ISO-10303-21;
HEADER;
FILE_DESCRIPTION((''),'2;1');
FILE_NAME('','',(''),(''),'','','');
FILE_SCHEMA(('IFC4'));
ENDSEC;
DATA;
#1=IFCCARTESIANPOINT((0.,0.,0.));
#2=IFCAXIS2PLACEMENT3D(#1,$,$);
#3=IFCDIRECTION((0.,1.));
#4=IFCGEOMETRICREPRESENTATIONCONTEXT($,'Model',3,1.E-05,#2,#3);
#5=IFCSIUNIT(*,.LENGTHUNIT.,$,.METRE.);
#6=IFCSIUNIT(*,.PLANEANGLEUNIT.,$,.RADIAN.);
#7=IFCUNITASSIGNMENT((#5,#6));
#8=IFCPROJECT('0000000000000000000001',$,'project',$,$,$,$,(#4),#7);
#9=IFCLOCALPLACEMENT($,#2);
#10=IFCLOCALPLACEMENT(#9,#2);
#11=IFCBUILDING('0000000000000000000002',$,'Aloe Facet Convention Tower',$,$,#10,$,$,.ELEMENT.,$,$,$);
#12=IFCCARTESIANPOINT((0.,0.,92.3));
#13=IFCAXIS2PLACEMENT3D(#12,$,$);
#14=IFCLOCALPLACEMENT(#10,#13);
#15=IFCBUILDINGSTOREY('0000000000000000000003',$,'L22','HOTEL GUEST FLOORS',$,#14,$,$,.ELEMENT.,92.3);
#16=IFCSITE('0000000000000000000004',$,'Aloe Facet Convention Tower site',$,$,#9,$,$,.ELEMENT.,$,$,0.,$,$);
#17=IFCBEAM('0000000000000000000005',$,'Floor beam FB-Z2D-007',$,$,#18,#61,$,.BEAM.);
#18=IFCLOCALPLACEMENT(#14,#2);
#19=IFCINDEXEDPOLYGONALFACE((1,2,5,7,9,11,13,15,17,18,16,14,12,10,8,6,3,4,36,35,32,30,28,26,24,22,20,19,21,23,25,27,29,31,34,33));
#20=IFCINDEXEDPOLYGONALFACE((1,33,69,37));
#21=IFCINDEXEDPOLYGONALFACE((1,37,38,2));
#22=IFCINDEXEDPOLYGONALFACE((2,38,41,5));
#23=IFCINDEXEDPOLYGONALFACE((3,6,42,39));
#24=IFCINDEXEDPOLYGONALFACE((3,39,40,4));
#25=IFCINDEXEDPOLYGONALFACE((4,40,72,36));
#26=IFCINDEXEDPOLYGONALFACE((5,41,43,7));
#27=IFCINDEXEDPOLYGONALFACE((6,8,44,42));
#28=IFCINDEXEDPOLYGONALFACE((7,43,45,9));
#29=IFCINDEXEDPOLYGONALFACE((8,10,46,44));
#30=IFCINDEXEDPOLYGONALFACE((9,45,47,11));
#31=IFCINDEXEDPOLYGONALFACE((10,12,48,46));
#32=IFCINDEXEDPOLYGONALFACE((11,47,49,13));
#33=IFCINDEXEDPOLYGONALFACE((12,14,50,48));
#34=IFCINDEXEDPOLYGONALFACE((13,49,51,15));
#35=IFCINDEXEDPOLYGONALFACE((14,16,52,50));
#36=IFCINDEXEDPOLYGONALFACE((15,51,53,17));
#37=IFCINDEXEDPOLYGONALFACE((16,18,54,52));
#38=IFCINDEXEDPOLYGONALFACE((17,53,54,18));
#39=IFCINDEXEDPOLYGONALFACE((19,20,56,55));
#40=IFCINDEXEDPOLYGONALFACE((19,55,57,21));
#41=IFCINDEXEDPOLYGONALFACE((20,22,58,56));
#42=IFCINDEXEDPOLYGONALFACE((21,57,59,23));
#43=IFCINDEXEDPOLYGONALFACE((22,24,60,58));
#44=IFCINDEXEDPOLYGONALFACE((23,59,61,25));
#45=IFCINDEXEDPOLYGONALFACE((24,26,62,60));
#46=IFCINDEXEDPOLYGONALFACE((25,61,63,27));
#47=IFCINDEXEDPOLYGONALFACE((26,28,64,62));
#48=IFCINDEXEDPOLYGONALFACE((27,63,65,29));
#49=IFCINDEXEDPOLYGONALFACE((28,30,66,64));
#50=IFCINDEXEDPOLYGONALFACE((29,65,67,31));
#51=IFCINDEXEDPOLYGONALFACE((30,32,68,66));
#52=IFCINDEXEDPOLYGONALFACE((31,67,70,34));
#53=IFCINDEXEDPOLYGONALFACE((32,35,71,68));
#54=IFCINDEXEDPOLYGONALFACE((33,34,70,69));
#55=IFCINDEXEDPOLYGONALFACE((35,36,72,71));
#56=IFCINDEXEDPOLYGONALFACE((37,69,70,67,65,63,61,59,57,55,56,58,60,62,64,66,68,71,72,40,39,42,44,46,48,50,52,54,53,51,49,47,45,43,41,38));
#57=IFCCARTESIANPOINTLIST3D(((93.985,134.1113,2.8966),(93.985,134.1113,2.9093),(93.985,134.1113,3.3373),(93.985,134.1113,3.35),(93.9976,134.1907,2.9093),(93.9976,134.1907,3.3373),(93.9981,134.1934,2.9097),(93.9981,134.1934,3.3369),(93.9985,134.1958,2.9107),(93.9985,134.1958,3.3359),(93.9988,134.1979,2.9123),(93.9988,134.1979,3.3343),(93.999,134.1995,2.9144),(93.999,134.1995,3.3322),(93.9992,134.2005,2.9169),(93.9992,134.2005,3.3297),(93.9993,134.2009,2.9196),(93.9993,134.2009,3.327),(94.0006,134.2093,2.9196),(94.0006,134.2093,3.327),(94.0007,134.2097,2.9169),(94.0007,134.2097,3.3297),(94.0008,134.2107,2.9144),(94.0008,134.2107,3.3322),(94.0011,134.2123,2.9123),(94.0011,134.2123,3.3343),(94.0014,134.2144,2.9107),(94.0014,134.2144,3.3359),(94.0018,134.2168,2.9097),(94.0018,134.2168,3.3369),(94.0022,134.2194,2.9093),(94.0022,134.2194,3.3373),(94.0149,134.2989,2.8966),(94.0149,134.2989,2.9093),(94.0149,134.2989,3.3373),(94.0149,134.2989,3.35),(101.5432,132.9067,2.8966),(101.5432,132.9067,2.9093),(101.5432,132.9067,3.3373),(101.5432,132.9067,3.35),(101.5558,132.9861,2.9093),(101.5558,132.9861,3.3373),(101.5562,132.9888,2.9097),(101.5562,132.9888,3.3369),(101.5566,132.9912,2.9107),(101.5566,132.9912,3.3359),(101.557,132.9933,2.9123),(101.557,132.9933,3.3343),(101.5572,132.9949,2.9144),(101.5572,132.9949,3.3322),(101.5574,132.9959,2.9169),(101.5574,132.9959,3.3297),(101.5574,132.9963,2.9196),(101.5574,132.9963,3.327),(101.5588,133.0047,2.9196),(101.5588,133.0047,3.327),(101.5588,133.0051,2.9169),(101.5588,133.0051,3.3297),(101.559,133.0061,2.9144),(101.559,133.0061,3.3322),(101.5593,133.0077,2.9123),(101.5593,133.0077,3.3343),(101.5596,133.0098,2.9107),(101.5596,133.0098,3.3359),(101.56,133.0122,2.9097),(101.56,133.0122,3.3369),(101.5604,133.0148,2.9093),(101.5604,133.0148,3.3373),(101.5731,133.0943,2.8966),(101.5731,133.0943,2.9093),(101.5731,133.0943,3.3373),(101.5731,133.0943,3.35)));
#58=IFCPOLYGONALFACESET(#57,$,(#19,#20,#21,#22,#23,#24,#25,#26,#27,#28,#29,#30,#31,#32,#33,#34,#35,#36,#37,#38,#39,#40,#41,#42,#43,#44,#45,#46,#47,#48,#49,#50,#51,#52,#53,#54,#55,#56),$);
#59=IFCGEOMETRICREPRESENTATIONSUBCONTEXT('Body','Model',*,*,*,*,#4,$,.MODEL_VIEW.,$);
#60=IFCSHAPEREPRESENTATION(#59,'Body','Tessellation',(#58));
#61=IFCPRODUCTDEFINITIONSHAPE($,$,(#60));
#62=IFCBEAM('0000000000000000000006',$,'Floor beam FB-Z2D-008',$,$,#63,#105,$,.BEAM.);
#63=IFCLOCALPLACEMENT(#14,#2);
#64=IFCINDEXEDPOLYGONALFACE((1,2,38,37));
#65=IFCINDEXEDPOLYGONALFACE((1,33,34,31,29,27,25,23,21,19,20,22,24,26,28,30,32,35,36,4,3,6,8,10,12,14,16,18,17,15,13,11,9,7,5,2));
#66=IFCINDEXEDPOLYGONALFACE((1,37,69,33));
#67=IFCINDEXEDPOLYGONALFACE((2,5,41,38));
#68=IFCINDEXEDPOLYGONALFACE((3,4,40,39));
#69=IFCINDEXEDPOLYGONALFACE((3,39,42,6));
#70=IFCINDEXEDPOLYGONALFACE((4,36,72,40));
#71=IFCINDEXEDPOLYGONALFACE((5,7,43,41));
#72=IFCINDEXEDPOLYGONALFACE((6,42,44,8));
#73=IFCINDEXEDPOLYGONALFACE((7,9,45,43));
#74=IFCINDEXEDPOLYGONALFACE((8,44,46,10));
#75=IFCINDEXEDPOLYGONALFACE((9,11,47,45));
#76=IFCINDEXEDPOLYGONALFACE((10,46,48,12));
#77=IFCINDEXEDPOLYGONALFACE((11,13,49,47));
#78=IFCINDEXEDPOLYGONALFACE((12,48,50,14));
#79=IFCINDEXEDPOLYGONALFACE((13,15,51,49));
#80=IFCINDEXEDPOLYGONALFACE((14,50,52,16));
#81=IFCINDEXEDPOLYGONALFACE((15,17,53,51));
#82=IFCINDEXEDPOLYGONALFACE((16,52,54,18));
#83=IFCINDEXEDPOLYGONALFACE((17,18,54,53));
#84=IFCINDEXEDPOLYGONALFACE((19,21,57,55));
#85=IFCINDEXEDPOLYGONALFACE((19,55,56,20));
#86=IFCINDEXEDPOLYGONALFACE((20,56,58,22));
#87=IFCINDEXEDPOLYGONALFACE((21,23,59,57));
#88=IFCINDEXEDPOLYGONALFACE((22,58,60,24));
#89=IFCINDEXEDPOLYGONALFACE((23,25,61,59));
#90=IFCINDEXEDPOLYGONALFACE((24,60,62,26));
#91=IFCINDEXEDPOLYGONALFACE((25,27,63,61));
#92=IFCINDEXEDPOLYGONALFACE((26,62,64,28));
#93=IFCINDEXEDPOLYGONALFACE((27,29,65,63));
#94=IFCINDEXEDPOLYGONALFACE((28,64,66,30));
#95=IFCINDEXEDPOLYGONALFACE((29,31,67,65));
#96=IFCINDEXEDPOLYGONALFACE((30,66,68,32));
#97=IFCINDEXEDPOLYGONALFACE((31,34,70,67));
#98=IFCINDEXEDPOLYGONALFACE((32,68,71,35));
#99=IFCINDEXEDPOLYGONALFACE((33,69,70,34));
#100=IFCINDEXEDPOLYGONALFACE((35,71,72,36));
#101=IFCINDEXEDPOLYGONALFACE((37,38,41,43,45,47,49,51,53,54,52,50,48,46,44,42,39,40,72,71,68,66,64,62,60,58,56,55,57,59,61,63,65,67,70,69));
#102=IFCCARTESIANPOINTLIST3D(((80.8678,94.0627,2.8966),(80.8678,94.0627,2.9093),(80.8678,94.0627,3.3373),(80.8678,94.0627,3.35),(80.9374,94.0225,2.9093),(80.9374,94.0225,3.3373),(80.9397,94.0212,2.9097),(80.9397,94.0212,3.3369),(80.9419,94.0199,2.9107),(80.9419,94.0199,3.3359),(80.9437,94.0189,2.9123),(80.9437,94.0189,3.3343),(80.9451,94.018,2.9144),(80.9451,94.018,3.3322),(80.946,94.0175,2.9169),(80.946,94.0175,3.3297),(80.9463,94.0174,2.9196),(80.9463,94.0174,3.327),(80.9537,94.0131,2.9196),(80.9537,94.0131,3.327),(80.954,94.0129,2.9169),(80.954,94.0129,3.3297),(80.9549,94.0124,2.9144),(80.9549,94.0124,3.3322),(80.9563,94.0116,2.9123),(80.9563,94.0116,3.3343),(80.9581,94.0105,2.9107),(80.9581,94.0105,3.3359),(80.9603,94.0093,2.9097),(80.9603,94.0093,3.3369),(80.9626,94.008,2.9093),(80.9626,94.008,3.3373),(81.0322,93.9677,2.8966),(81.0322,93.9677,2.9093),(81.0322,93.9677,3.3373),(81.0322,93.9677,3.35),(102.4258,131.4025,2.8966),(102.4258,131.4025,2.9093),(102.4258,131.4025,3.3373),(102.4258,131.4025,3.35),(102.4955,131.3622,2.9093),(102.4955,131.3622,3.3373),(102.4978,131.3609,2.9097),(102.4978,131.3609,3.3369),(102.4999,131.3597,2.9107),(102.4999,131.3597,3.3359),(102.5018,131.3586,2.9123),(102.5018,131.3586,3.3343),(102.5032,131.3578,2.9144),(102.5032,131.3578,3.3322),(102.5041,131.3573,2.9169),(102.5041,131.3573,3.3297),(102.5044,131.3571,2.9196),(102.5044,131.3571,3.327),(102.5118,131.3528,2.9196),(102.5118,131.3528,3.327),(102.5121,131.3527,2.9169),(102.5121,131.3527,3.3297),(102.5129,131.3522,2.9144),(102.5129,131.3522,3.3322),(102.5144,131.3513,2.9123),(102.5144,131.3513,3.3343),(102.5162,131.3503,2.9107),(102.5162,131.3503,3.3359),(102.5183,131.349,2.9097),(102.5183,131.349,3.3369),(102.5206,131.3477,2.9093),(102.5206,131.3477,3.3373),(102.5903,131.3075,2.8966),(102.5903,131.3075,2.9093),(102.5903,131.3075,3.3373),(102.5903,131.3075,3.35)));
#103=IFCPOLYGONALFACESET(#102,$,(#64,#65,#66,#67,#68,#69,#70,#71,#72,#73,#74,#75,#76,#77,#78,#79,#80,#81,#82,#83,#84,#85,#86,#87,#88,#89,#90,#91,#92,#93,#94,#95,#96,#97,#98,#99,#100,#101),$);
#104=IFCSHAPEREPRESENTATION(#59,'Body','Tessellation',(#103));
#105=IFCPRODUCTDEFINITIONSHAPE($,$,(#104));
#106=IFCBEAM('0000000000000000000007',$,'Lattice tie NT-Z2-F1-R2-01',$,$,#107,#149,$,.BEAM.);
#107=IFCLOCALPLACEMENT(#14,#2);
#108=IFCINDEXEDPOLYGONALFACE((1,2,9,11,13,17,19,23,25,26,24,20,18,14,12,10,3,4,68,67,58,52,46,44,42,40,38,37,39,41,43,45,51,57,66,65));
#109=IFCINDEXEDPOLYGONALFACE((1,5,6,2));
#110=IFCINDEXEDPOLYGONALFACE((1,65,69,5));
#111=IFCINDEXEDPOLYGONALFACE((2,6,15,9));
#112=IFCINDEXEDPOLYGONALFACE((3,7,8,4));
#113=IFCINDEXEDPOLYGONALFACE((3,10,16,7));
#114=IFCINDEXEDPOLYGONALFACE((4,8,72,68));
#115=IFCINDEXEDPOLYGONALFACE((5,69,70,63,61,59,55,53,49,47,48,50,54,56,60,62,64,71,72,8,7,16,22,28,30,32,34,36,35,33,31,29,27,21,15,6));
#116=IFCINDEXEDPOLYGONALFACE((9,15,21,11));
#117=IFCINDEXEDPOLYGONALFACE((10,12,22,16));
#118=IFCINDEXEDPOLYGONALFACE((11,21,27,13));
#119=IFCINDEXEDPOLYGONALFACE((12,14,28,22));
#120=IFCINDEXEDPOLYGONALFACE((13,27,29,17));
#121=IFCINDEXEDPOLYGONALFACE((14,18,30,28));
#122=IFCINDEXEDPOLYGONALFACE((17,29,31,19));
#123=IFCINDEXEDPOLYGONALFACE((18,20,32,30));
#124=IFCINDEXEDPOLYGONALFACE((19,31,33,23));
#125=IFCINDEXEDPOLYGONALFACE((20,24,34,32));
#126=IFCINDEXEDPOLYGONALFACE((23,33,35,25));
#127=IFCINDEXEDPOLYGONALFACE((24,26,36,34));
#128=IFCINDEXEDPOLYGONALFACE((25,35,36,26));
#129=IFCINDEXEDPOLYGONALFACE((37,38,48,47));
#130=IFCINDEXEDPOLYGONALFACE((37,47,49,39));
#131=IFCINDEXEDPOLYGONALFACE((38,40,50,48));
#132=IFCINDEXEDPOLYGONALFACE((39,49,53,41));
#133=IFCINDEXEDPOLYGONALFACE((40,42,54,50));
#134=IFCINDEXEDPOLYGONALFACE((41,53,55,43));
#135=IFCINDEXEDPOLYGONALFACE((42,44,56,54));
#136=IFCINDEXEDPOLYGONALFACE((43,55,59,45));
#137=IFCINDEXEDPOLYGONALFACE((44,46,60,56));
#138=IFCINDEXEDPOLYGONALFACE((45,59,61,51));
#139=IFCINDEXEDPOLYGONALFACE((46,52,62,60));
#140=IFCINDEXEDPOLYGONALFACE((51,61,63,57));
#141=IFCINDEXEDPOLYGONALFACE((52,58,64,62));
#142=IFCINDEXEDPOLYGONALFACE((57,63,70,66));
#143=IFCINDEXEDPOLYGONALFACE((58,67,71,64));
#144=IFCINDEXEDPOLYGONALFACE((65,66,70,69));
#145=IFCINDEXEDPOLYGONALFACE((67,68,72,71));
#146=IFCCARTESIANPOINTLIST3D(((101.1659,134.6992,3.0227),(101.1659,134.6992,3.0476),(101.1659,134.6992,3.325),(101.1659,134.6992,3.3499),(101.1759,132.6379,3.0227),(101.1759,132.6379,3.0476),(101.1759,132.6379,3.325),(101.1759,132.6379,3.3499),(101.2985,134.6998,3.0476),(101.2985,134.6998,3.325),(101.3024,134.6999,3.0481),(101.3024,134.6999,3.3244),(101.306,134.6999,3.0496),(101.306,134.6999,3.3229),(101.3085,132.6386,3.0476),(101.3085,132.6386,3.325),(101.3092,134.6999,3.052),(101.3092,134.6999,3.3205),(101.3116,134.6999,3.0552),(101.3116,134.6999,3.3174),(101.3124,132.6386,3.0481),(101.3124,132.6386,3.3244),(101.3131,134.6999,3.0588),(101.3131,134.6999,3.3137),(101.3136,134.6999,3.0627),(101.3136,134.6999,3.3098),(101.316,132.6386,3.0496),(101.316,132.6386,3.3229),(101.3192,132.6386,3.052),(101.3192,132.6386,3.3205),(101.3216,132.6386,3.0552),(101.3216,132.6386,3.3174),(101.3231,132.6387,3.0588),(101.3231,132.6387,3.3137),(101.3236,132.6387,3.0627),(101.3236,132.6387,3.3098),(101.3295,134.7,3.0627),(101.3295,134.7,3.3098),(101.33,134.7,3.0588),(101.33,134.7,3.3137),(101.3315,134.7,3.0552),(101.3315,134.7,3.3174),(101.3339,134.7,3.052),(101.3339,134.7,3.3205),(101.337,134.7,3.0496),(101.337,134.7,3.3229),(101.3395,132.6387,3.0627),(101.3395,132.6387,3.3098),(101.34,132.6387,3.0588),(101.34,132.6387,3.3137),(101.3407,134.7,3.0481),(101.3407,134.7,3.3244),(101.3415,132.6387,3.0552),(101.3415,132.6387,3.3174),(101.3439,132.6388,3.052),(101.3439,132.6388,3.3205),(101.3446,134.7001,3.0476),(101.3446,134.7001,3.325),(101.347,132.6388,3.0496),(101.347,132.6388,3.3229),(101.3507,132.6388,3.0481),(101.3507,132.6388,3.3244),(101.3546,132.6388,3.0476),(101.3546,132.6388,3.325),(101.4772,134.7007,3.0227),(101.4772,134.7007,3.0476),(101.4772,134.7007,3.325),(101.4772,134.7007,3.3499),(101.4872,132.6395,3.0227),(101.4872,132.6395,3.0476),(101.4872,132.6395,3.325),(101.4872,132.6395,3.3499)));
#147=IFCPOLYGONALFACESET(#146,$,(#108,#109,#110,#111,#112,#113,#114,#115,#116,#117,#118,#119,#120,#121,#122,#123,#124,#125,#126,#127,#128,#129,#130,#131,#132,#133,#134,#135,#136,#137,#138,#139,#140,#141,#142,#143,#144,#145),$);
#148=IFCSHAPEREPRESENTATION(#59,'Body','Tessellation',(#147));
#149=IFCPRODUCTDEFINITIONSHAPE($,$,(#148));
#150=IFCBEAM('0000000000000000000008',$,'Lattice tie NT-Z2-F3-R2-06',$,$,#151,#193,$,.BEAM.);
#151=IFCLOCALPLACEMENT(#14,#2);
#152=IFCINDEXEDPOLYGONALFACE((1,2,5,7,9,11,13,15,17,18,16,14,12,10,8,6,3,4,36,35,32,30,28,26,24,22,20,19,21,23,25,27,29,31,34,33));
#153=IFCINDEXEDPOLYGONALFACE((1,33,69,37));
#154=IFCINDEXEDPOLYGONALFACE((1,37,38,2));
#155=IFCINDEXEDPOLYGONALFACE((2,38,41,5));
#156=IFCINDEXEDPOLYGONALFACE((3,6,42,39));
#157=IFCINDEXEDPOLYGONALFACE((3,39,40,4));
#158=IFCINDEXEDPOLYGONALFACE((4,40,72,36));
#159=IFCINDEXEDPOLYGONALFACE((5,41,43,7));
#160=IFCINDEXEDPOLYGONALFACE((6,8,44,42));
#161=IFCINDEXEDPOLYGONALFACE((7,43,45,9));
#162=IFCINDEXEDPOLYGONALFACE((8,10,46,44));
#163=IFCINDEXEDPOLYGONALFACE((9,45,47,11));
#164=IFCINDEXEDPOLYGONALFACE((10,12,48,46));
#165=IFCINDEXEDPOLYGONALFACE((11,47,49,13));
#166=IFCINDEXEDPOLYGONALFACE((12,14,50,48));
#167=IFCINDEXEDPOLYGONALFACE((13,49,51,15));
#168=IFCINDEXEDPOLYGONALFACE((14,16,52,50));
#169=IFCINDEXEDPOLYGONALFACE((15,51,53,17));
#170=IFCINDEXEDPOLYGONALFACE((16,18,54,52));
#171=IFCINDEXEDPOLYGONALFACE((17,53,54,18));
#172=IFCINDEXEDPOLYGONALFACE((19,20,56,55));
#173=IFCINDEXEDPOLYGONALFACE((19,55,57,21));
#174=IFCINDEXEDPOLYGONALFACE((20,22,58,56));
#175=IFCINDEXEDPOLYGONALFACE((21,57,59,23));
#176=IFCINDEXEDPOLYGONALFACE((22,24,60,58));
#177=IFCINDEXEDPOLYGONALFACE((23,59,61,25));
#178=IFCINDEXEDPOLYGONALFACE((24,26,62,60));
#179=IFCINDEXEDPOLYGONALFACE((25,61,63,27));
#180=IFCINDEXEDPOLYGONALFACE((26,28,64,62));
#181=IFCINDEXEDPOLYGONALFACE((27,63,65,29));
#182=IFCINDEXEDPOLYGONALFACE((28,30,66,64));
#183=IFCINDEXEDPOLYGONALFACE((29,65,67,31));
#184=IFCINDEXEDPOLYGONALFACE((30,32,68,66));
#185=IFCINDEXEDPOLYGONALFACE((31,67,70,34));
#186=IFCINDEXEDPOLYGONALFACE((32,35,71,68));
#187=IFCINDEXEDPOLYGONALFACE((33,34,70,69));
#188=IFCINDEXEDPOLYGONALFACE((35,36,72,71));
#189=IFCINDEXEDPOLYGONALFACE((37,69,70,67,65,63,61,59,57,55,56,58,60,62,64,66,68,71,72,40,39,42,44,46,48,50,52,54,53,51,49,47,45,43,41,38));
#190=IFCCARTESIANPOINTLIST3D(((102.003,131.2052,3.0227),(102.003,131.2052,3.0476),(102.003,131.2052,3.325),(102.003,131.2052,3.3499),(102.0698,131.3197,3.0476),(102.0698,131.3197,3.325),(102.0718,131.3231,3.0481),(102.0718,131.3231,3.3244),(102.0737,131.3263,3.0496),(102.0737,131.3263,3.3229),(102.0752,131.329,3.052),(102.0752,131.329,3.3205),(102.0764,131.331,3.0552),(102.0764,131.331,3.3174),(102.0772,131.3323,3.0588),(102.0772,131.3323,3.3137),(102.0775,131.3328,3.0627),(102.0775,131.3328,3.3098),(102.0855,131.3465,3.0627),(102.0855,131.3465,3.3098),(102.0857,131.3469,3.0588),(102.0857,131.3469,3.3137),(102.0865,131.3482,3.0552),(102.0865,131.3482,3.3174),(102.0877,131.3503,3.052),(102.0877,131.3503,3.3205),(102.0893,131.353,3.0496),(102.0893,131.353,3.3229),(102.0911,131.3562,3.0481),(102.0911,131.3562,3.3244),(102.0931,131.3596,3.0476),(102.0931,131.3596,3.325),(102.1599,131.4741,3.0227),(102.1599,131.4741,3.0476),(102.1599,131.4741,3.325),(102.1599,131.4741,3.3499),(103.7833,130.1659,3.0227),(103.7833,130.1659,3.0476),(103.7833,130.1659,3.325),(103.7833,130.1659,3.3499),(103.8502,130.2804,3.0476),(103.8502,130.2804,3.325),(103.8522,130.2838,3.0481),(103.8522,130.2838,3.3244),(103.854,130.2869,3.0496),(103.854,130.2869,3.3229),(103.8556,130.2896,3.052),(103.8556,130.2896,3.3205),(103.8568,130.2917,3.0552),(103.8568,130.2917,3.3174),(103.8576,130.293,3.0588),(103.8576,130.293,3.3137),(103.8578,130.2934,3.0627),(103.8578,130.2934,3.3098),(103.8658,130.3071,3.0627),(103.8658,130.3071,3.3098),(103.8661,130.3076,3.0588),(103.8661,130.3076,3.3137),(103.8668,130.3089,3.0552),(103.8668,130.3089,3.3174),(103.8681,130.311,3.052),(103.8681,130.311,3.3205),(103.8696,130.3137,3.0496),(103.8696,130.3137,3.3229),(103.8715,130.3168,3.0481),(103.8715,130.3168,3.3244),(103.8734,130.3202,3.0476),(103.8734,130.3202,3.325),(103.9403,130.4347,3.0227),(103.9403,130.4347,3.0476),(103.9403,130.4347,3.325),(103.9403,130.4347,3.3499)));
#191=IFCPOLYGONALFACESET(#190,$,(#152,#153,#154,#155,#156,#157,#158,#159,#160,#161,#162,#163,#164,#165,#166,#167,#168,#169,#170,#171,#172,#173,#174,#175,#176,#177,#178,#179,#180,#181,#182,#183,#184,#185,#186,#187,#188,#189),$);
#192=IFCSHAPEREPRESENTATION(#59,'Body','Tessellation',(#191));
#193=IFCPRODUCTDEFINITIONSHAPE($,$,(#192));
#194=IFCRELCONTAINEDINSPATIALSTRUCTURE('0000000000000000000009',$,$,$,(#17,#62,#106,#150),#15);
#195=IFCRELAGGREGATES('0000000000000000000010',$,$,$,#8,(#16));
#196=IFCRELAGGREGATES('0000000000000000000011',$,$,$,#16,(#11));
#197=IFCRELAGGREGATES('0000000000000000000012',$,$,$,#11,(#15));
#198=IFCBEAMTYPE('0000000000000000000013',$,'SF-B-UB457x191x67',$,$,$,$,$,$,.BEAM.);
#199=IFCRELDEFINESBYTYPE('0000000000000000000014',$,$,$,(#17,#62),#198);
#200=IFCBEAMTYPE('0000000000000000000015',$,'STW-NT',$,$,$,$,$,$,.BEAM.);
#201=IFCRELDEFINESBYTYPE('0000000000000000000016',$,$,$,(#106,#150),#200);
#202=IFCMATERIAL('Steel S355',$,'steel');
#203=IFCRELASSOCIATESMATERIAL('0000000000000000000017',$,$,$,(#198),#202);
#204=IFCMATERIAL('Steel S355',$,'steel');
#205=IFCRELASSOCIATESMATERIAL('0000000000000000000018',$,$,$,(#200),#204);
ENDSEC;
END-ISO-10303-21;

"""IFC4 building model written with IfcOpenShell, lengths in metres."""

from ifc_helpers import new_model, si_unit, direction, frame, origin, origin_2d, place, context, subcontext, project, spatial, i_section, extrude, material, material_profile, profile_set, type_object, element, save


model = new_model("IFC4")

# Units and contexts
model_context = context("Model", 3, precision=1e-05, world=origin(), true_north=direction((0.0, 1.0)))
body_context = subcontext(model_context, "Body", "Model", "MODEL_VIEW")
ifc_project = project(units=[si_unit("LENGTHUNIT", "METRE"), si_unit("PLANEANGLEUNIT", "RADIAN")], contexts=[model_context])

# Site, building, storey
site_placement = place(None, origin())
site = spatial("IfcSite", under=ifc_project, at=site_placement, Name="Aloe Facet Convention Tower site", CompositionType="ELEMENT", RefElevation=0.0)
building_placement = place(site_placement, origin())
building = spatial("IfcBuilding", under=site, at=building_placement, Name="Aloe Facet Convention Tower", CompositionType="ELEMENT")
storey_placement = place(building_placement, frame((0.0, 0.0, 92.3)))
storey = spatial("IfcBuildingStorey", under=building, at=storey_placement, Name="L22", Description="HOTEL GUEST FLOORS", CompositionType="ELEMENT", Elevation=92.3)

# Beams
ifc_material_1 = material(Name="Steel S355", Category="steel")
ifc_material_profile_1 = material_profile(ifc_material_1, i_section(OverallWidth=0.1899, OverallDepth=0.4534, WebThickness=0.0085, FlangeThickness=0.0127, FilletRadius=0.0103, at=origin_2d()), Name="UB 457x191x67")
ifc_profile_set_1 = profile_set([ifc_material_profile_1], Name="Steel S355")
beam_type_1 = type_object("IfcBeamType", Name="SF-B-UB457x191x67", PredefinedType="BEAM", material=ifc_profile_set_1)
beam_1_placement = place(storey_placement, frame((101.5581, 133.0005, 3.1233), z_axis=(-0.987536, 0.157391, 0.0), x_axis=(-0.157391, -0.987536, 0.0)))
element("IfcBeam", 1, at=beam_1_placement, inside=storey, type_object=beam_type_1, Name="Floor beam FB-Z2D-007", PredefinedType="BEAM", context=body_context, shape_type="SweptSolid", body=[
    extrude(i_section(OverallWidth=0.1899, OverallDepth=0.4534, WebThickness=0.0085, FlangeThickness=0.0127, FilletRadius=0.0103, at=origin_2d()), origin(), (0.0, 0.0, 1.0), 7.6536),
])
beam_2_placement = place(storey_placement, frame((102.5081, 131.355, 3.1233), z_axis=(-0.499999, -0.866026, 0.0), x_axis=(0.866026, -0.499999, 0.0)))
element("IfcBeam", 2, at=beam_2_placement, inside=storey, type_object=beam_type_1, Name="Floor beam FB-Z2D-008", PredefinedType="BEAM", context=body_context, shape_type="SweptSolid", body=[
    extrude(i_section(OverallWidth=0.1899, OverallDepth=0.4534, WebThickness=0.0085, FlangeThickness=0.0127, FilletRadius=0.0103, at=origin_2d()), origin(), (0.0, 0.0, 1.0), 43.1162),
])
ifc_material_2 = material(Name="Steel S355", Category="steel")
ifc_material_profile_2 = material_profile(ifc_material_2, i_section(OverallWidth=0.3113, OverallDepth=0.3271, WebThickness=0.0159, FlangeThickness=0.0249, FilletRadius=0.0151, at=origin_2d()), Name="UC 305x305x158")
ifc_profile_set_2 = profile_set([ifc_material_profile_2], Name="Steel S355")
beam_type_2 = type_object("IfcBeamType", Name="STW-NT", PredefinedType="BEAM", material=ifc_profile_set_2)
beam_3_placement = place(storey_placement, frame((101.3215, 134.7, 3.1863), z_axis=(0.004856, -0.999988, 0.0), x_axis=(0.999988, 0.004856, 0.0)))
element("IfcBeam", 3, at=beam_3_placement, inside=storey, type_object=beam_type_2, Name="Lattice tie NT-Z2-F1-R2-01", PredefinedType="BEAM", context=body_context, shape_type="SweptSolid", body=[
    extrude(i_section(OverallWidth=0.3113, OverallDepth=0.3271, WebThickness=0.0159, FlangeThickness=0.0249, FilletRadius=0.0151, at=origin_2d()), origin(), (0.0, 0.0, 1.0), 2.0613),
])
beam_4_placement = place(storey_placement, frame((103.8618, 130.3003, 3.1863), z_axis=(-0.863607, 0.504166, 0.0), x_axis=(-0.504166, -0.863607, 0.0)))
element("IfcBeam", 4, at=beam_4_placement, inside=storey, type_object=beam_type_2, Name="Lattice tie NT-Z2-F3-R2-06", PredefinedType="BEAM", context=body_context, shape_type="SweptSolid", body=[
    extrude(i_section(OverallWidth=0.3113, OverallDepth=0.3271, WebThickness=0.0159, FlangeThickness=0.0249, FilletRadius=0.0151, at=origin_2d()), origin(), (0.0, 0.0, 1.0), 2.0615),
])

save(model, "model.ifc")
